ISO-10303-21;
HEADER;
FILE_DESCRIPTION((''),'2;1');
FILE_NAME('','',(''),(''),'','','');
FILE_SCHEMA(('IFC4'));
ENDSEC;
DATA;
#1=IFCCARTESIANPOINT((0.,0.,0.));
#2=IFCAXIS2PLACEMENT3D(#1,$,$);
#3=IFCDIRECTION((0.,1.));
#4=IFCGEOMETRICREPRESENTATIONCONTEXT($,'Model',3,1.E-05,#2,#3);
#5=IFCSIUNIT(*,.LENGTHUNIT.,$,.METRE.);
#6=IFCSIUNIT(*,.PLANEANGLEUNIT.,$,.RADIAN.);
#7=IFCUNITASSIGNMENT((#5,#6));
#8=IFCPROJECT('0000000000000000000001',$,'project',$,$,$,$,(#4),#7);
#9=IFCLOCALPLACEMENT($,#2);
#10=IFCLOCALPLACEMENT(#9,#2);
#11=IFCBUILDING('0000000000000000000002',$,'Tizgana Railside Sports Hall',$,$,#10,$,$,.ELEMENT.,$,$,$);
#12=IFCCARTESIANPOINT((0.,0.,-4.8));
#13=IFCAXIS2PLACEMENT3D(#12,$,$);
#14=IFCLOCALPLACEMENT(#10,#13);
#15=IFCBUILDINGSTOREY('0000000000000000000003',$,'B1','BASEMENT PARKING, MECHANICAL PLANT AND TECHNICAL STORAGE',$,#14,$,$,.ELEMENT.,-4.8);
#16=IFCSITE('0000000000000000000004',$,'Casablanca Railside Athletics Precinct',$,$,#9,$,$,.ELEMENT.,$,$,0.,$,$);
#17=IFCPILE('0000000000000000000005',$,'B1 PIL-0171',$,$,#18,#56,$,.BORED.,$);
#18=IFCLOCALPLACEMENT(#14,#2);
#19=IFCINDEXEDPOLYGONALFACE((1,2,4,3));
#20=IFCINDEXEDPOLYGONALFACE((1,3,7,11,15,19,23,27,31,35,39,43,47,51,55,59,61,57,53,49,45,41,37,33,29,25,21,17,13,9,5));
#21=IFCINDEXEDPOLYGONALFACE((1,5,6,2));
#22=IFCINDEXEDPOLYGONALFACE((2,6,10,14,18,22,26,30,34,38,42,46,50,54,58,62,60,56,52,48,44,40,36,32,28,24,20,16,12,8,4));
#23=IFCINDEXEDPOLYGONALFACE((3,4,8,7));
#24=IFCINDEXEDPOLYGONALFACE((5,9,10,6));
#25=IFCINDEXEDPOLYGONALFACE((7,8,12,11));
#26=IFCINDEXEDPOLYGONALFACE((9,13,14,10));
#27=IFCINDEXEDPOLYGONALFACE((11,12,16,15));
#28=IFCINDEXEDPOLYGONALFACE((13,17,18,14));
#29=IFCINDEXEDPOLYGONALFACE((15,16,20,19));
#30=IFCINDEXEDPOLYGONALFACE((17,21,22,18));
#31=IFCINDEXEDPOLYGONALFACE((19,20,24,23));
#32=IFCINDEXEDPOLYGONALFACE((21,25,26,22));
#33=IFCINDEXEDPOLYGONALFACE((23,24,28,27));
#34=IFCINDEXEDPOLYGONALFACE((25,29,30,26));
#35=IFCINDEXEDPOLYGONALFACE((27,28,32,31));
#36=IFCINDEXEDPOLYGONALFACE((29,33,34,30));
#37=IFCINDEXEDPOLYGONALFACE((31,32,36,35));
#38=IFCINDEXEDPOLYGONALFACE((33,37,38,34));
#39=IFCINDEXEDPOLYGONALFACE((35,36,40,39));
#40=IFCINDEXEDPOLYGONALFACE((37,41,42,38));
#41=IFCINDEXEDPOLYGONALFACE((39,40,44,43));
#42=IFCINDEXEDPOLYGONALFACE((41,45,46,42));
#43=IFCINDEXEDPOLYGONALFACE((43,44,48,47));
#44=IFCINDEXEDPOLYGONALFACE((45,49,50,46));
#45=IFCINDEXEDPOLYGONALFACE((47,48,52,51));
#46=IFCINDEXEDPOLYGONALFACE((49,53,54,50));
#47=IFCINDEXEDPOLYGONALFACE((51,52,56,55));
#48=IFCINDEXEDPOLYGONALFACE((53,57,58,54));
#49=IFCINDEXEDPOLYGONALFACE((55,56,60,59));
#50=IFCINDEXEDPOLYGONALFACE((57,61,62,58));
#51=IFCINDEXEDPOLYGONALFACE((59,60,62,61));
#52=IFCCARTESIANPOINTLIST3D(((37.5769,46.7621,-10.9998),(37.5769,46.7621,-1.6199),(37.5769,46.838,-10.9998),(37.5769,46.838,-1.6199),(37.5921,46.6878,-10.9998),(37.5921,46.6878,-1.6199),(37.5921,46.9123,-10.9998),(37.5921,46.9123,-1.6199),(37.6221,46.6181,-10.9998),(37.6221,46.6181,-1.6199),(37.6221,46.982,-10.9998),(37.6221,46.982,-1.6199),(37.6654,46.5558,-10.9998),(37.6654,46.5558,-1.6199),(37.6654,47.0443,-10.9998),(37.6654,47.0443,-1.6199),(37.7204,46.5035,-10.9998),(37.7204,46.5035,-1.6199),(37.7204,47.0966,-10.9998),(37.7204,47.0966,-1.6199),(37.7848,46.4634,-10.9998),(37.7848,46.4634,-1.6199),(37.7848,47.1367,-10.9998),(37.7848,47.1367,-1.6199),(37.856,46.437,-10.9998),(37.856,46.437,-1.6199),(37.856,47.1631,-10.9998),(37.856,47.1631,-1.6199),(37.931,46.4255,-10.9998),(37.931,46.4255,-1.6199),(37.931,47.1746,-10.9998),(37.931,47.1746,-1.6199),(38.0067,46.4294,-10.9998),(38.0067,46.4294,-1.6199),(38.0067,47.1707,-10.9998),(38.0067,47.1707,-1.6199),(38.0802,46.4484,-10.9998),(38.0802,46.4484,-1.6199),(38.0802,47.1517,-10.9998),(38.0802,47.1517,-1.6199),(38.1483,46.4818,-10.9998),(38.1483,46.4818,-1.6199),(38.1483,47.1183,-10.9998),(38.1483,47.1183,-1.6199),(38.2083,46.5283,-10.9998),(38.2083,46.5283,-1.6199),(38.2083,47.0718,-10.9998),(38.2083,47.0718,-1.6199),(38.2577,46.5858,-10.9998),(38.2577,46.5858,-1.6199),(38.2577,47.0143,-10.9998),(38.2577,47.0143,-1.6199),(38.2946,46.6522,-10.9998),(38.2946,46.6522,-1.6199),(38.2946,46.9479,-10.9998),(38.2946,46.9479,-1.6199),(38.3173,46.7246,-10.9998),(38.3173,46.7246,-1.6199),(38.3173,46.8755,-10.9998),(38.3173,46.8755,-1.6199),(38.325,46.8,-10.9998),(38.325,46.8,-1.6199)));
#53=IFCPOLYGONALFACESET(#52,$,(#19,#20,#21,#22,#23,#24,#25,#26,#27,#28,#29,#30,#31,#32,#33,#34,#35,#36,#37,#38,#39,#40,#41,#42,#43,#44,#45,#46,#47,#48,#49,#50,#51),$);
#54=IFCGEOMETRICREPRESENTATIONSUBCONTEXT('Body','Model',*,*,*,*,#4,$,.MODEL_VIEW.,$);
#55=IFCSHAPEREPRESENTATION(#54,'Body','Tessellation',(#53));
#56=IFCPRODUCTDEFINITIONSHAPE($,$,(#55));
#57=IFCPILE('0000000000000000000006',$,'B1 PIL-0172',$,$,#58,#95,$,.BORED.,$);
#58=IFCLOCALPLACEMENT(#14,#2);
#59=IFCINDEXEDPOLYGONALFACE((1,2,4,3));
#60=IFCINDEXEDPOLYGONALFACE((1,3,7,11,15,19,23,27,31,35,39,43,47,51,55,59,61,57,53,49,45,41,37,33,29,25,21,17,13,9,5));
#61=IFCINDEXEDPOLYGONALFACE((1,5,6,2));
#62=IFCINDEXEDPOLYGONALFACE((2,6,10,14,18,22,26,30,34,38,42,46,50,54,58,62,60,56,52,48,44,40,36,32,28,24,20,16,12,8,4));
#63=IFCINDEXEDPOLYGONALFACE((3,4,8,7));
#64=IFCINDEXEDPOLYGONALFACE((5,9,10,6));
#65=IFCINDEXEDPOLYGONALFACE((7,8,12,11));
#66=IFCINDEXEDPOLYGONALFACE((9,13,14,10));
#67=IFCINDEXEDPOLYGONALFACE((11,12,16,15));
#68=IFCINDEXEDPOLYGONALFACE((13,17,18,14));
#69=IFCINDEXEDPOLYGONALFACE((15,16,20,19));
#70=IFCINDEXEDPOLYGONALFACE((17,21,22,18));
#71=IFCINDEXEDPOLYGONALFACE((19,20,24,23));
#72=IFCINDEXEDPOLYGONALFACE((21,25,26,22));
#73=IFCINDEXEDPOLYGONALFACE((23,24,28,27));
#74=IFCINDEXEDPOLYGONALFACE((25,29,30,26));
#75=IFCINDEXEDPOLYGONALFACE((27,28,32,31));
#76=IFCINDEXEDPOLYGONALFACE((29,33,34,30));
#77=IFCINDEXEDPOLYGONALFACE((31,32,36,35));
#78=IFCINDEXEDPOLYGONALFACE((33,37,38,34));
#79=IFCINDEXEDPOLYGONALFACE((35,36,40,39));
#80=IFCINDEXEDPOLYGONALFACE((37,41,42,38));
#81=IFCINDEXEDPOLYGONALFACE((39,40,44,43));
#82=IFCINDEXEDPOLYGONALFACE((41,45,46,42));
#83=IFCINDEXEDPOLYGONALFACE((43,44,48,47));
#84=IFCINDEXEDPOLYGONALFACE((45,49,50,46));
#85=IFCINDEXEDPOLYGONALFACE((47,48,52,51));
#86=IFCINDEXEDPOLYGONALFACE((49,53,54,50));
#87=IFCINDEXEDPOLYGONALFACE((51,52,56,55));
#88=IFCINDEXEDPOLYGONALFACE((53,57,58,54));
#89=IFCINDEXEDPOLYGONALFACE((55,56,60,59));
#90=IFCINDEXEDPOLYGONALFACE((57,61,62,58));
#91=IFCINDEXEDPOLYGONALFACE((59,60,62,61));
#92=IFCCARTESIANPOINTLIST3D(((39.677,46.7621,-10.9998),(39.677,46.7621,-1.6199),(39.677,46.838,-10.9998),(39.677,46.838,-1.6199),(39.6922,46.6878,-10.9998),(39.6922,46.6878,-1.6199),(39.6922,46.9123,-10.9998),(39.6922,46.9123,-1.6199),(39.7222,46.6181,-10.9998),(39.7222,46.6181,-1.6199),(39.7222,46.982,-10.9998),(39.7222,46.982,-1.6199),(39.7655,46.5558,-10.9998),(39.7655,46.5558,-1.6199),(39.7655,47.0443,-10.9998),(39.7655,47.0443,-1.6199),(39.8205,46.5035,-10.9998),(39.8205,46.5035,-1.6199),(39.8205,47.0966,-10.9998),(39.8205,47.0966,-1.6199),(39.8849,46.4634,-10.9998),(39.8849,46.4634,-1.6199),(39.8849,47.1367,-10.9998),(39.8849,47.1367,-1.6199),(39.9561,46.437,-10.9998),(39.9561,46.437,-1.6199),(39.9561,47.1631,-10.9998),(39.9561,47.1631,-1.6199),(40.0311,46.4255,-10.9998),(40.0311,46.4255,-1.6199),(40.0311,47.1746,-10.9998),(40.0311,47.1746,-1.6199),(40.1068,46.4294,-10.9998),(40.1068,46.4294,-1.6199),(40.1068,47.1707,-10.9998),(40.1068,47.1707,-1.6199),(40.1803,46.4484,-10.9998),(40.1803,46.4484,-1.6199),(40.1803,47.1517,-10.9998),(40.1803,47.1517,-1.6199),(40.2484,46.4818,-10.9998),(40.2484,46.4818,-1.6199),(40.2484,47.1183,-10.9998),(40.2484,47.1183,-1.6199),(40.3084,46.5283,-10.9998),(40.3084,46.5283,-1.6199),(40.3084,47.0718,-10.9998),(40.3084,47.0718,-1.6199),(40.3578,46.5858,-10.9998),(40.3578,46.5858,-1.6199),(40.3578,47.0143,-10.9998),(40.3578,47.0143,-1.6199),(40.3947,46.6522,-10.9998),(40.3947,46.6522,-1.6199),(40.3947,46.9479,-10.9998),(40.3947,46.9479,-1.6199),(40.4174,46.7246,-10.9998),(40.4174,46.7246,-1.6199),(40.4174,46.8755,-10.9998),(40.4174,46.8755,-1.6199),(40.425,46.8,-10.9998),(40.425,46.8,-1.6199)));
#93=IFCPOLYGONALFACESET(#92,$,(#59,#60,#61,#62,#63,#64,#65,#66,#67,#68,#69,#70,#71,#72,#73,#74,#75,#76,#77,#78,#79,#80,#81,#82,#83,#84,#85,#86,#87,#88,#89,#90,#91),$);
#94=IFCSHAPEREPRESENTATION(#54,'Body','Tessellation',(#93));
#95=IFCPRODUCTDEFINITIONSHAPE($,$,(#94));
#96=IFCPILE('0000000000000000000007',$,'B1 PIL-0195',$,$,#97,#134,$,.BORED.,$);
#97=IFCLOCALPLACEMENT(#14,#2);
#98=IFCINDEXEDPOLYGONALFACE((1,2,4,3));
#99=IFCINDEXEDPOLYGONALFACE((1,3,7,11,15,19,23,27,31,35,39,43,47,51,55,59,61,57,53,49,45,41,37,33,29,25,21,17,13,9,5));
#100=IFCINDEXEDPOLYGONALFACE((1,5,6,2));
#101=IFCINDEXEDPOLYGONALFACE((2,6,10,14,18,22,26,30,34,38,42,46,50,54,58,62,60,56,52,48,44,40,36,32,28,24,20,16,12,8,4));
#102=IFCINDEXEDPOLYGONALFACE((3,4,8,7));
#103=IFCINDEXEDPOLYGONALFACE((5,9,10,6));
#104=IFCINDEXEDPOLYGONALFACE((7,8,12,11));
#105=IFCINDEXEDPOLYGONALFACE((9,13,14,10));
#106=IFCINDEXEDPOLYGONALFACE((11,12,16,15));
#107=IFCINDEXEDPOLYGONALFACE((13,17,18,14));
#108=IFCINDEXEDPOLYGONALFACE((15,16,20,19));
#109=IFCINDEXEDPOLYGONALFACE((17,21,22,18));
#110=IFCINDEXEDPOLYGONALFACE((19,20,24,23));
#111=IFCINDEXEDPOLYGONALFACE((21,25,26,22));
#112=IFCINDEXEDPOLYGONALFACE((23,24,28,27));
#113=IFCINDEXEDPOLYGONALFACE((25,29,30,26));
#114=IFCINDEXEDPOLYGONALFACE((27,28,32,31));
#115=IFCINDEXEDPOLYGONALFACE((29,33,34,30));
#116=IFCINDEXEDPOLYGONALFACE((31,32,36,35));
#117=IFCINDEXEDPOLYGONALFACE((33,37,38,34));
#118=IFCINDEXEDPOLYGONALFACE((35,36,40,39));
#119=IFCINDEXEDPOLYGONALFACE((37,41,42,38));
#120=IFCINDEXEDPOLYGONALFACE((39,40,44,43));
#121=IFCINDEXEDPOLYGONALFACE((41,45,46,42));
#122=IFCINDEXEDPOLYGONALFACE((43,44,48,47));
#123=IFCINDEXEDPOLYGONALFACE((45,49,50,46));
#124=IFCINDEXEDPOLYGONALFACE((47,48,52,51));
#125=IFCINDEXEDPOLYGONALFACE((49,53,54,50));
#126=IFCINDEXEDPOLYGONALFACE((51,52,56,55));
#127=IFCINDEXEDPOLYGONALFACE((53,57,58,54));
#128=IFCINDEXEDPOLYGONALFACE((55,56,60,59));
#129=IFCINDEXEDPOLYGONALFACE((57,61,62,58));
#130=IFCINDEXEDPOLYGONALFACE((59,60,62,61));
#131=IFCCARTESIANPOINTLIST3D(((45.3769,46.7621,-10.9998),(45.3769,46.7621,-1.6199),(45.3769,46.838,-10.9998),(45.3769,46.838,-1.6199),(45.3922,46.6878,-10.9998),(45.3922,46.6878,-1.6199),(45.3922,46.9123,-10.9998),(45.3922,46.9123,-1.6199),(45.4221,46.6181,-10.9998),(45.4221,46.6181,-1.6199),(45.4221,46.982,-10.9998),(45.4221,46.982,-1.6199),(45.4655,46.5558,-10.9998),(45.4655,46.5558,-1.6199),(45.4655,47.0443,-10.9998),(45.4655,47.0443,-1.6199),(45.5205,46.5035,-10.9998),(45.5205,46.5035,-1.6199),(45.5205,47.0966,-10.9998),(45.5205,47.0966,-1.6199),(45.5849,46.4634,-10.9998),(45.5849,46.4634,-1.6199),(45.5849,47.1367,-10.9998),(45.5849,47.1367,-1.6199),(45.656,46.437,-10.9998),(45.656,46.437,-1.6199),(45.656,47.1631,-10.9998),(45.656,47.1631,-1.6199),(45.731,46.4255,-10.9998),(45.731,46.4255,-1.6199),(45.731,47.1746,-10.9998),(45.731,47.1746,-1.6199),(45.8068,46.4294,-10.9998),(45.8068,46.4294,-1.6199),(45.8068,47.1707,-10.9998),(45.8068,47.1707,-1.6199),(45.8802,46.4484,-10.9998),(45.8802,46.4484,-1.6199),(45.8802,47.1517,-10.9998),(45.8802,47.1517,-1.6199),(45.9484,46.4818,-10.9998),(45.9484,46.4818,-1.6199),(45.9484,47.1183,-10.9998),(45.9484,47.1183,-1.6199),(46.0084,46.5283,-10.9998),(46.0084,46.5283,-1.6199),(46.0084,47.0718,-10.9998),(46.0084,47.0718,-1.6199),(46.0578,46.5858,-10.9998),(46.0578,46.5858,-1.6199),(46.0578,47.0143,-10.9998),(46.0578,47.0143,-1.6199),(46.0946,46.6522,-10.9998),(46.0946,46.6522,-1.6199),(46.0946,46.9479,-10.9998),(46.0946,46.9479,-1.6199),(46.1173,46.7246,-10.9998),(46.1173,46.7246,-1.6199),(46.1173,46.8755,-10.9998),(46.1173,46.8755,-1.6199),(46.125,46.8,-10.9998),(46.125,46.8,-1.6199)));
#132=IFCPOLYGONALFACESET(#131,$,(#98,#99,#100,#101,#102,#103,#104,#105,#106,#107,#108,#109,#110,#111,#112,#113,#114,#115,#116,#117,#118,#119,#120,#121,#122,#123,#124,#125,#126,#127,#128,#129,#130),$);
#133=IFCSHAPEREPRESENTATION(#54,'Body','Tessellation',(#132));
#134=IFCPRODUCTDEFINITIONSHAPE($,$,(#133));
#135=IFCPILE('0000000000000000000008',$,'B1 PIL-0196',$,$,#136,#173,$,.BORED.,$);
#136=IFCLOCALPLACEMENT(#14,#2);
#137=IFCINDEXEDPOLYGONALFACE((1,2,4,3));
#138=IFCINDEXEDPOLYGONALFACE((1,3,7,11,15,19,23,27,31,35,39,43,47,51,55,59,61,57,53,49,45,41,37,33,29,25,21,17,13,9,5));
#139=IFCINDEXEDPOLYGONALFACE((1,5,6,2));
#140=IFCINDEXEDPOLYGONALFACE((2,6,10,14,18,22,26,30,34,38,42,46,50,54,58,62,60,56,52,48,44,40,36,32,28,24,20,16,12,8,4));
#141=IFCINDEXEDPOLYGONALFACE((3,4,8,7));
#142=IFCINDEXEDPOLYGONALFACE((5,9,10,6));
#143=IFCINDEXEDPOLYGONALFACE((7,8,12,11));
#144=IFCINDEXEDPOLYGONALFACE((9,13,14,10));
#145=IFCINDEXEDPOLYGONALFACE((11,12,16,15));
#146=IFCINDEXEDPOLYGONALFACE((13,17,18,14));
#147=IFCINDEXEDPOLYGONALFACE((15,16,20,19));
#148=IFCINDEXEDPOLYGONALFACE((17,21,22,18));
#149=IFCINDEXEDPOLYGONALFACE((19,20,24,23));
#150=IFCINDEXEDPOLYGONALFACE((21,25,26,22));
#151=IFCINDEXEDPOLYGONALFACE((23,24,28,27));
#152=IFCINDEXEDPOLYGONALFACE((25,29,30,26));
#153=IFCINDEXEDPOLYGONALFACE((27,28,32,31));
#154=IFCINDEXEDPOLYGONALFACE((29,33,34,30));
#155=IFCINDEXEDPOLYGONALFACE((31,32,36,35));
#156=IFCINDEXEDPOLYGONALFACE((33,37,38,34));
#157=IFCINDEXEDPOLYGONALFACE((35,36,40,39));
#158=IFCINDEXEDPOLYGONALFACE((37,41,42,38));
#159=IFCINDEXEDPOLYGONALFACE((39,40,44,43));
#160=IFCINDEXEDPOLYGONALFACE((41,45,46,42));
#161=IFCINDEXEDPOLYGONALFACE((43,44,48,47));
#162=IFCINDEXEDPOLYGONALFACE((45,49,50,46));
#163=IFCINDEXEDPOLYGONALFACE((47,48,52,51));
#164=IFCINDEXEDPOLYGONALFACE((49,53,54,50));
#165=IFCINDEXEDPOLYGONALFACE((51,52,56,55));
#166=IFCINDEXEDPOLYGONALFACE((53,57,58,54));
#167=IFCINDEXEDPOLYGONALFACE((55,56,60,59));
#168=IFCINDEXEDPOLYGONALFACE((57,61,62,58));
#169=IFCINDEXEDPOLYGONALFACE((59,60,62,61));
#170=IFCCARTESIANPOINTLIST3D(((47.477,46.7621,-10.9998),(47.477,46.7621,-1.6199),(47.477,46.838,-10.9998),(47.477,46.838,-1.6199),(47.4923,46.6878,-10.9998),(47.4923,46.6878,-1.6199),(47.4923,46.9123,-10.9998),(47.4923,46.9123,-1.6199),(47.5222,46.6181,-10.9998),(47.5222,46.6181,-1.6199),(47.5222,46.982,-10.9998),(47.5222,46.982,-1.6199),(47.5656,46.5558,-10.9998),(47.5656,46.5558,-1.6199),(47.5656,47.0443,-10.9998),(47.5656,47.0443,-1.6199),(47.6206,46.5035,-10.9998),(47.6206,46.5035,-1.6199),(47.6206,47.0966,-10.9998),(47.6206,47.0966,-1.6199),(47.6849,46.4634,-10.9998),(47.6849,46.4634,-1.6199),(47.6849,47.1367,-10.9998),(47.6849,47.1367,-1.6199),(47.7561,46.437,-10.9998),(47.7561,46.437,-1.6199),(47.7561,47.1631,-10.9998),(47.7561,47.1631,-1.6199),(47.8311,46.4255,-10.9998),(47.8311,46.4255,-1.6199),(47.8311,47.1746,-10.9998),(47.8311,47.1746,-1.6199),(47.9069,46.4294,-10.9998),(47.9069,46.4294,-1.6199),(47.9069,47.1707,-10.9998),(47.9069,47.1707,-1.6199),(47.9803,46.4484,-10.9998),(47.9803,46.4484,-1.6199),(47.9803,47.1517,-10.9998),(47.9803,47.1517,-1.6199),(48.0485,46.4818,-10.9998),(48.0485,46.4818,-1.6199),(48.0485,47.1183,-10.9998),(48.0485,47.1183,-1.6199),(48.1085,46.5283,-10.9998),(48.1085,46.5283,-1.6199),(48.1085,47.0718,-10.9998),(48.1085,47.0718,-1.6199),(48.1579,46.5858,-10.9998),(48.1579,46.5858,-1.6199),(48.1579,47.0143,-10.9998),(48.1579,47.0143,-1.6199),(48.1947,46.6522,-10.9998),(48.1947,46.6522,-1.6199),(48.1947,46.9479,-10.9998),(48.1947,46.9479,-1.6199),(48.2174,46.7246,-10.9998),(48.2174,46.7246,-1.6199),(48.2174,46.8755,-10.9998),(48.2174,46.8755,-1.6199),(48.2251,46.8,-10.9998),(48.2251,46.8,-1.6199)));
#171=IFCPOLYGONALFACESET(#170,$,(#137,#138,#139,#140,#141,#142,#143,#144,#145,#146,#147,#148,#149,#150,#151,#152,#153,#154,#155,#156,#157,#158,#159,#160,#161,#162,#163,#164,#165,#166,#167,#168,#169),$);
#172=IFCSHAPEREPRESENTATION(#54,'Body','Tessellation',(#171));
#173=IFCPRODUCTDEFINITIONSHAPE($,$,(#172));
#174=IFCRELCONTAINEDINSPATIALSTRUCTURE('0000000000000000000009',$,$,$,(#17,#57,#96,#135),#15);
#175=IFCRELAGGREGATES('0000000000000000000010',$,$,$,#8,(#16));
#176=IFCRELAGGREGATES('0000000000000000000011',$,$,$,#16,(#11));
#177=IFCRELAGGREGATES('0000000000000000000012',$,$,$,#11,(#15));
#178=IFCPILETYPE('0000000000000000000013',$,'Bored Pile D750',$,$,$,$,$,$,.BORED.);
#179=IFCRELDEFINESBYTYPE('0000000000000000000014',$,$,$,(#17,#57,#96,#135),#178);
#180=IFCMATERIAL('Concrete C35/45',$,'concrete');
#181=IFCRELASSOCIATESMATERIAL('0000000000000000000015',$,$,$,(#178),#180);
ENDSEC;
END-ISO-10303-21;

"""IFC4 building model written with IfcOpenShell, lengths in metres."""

from ifc_helpers import new_model, si_unit, direction, frame, origin, origin_2d, place, context, subcontext, project, spatial, circle, extrude, material, material_profile, profile_set, type_object, element, save


model = new_model("IFC4")

# Units and contexts
model_context = context("Model", 3, precision=1e-05, world=origin(), true_north=direction((0.0, 1.0)))
body_context = subcontext(model_context, "Body", "Model", "MODEL_VIEW")
ifc_project = project(units=[si_unit("LENGTHUNIT", "METRE"), si_unit("PLANEANGLEUNIT", "RADIAN")], contexts=[model_context])

# Site, building, storey
site_placement = place(None, origin())
site = spatial("IfcSite", under=ifc_project, at=site_placement, Name="Casablanca Railside Athletics Precinct", CompositionType="ELEMENT", RefElevation=0.0)
building_placement = place(site_placement, origin())
building = spatial("IfcBuilding", under=site, at=building_placement, Name="Tizgana Railside Sports Hall", CompositionType="ELEMENT")
storey_placement = place(building_placement, frame((0.0, 0.0, -4.8)))
storey = spatial("IfcBuildingStorey", under=building, at=storey_placement, Name="B1", Description="BASEMENT PARKING, MECHANICAL PLANT AND TECHNICAL STORAGE", CompositionType="ELEMENT", Elevation=-4.8)

# Piles
ifc_material_1 = material(Name="Concrete C35/45", Category="concrete")
ifc_material_profile_1 = material_profile(ifc_material_1, circle(Radius=0.375, at=origin_2d()), Name="PILE D750")
ifc_profile_set_1 = profile_set([ifc_material_profile_1], Name="Concrete C35/45")
pile_type_1 = type_object("IfcPileType", Name="Bored Pile D750", PredefinedType="BORED", material=ifc_profile_set_1)
for number, where, z_axis, x_axis, name in (
    (1, (37.95, 46.8, -1.6199), (0.0, 0.0, -1.0), (1.0, 0.0, 0.0), "B1 PIL-0171"),
    (2, (40.05, 46.8, -1.6199), (0.0, 0.0, -1.0), (1.0, 0.0, 0.0), "B1 PIL-0172"),
    (3, (45.75, 46.8, -1.6199), (0.0, 0.0, -1.0), (1.0, 0.0, 0.0), "B1 PIL-0195"),
    (4, (47.8501, 46.8, -1.6199), (0.0, 0.0, -1.0), (1.0, 0.0, 0.0), "B1 PIL-0196"),
):
    element("IfcPile", number, at=place(storey_placement, frame(where, z_axis=z_axis, x_axis=x_axis)), inside=storey, type_object=pile_type_1, Name=name, PredefinedType="BORED", context=body_context, shape_type="SweptSolid", body=[
        extrude(circle(Radius=0.375, at=origin_2d()), origin(), (0.0, 0.0, 1.0), 9.3799),
    ])

save(model, "model.ifc")
